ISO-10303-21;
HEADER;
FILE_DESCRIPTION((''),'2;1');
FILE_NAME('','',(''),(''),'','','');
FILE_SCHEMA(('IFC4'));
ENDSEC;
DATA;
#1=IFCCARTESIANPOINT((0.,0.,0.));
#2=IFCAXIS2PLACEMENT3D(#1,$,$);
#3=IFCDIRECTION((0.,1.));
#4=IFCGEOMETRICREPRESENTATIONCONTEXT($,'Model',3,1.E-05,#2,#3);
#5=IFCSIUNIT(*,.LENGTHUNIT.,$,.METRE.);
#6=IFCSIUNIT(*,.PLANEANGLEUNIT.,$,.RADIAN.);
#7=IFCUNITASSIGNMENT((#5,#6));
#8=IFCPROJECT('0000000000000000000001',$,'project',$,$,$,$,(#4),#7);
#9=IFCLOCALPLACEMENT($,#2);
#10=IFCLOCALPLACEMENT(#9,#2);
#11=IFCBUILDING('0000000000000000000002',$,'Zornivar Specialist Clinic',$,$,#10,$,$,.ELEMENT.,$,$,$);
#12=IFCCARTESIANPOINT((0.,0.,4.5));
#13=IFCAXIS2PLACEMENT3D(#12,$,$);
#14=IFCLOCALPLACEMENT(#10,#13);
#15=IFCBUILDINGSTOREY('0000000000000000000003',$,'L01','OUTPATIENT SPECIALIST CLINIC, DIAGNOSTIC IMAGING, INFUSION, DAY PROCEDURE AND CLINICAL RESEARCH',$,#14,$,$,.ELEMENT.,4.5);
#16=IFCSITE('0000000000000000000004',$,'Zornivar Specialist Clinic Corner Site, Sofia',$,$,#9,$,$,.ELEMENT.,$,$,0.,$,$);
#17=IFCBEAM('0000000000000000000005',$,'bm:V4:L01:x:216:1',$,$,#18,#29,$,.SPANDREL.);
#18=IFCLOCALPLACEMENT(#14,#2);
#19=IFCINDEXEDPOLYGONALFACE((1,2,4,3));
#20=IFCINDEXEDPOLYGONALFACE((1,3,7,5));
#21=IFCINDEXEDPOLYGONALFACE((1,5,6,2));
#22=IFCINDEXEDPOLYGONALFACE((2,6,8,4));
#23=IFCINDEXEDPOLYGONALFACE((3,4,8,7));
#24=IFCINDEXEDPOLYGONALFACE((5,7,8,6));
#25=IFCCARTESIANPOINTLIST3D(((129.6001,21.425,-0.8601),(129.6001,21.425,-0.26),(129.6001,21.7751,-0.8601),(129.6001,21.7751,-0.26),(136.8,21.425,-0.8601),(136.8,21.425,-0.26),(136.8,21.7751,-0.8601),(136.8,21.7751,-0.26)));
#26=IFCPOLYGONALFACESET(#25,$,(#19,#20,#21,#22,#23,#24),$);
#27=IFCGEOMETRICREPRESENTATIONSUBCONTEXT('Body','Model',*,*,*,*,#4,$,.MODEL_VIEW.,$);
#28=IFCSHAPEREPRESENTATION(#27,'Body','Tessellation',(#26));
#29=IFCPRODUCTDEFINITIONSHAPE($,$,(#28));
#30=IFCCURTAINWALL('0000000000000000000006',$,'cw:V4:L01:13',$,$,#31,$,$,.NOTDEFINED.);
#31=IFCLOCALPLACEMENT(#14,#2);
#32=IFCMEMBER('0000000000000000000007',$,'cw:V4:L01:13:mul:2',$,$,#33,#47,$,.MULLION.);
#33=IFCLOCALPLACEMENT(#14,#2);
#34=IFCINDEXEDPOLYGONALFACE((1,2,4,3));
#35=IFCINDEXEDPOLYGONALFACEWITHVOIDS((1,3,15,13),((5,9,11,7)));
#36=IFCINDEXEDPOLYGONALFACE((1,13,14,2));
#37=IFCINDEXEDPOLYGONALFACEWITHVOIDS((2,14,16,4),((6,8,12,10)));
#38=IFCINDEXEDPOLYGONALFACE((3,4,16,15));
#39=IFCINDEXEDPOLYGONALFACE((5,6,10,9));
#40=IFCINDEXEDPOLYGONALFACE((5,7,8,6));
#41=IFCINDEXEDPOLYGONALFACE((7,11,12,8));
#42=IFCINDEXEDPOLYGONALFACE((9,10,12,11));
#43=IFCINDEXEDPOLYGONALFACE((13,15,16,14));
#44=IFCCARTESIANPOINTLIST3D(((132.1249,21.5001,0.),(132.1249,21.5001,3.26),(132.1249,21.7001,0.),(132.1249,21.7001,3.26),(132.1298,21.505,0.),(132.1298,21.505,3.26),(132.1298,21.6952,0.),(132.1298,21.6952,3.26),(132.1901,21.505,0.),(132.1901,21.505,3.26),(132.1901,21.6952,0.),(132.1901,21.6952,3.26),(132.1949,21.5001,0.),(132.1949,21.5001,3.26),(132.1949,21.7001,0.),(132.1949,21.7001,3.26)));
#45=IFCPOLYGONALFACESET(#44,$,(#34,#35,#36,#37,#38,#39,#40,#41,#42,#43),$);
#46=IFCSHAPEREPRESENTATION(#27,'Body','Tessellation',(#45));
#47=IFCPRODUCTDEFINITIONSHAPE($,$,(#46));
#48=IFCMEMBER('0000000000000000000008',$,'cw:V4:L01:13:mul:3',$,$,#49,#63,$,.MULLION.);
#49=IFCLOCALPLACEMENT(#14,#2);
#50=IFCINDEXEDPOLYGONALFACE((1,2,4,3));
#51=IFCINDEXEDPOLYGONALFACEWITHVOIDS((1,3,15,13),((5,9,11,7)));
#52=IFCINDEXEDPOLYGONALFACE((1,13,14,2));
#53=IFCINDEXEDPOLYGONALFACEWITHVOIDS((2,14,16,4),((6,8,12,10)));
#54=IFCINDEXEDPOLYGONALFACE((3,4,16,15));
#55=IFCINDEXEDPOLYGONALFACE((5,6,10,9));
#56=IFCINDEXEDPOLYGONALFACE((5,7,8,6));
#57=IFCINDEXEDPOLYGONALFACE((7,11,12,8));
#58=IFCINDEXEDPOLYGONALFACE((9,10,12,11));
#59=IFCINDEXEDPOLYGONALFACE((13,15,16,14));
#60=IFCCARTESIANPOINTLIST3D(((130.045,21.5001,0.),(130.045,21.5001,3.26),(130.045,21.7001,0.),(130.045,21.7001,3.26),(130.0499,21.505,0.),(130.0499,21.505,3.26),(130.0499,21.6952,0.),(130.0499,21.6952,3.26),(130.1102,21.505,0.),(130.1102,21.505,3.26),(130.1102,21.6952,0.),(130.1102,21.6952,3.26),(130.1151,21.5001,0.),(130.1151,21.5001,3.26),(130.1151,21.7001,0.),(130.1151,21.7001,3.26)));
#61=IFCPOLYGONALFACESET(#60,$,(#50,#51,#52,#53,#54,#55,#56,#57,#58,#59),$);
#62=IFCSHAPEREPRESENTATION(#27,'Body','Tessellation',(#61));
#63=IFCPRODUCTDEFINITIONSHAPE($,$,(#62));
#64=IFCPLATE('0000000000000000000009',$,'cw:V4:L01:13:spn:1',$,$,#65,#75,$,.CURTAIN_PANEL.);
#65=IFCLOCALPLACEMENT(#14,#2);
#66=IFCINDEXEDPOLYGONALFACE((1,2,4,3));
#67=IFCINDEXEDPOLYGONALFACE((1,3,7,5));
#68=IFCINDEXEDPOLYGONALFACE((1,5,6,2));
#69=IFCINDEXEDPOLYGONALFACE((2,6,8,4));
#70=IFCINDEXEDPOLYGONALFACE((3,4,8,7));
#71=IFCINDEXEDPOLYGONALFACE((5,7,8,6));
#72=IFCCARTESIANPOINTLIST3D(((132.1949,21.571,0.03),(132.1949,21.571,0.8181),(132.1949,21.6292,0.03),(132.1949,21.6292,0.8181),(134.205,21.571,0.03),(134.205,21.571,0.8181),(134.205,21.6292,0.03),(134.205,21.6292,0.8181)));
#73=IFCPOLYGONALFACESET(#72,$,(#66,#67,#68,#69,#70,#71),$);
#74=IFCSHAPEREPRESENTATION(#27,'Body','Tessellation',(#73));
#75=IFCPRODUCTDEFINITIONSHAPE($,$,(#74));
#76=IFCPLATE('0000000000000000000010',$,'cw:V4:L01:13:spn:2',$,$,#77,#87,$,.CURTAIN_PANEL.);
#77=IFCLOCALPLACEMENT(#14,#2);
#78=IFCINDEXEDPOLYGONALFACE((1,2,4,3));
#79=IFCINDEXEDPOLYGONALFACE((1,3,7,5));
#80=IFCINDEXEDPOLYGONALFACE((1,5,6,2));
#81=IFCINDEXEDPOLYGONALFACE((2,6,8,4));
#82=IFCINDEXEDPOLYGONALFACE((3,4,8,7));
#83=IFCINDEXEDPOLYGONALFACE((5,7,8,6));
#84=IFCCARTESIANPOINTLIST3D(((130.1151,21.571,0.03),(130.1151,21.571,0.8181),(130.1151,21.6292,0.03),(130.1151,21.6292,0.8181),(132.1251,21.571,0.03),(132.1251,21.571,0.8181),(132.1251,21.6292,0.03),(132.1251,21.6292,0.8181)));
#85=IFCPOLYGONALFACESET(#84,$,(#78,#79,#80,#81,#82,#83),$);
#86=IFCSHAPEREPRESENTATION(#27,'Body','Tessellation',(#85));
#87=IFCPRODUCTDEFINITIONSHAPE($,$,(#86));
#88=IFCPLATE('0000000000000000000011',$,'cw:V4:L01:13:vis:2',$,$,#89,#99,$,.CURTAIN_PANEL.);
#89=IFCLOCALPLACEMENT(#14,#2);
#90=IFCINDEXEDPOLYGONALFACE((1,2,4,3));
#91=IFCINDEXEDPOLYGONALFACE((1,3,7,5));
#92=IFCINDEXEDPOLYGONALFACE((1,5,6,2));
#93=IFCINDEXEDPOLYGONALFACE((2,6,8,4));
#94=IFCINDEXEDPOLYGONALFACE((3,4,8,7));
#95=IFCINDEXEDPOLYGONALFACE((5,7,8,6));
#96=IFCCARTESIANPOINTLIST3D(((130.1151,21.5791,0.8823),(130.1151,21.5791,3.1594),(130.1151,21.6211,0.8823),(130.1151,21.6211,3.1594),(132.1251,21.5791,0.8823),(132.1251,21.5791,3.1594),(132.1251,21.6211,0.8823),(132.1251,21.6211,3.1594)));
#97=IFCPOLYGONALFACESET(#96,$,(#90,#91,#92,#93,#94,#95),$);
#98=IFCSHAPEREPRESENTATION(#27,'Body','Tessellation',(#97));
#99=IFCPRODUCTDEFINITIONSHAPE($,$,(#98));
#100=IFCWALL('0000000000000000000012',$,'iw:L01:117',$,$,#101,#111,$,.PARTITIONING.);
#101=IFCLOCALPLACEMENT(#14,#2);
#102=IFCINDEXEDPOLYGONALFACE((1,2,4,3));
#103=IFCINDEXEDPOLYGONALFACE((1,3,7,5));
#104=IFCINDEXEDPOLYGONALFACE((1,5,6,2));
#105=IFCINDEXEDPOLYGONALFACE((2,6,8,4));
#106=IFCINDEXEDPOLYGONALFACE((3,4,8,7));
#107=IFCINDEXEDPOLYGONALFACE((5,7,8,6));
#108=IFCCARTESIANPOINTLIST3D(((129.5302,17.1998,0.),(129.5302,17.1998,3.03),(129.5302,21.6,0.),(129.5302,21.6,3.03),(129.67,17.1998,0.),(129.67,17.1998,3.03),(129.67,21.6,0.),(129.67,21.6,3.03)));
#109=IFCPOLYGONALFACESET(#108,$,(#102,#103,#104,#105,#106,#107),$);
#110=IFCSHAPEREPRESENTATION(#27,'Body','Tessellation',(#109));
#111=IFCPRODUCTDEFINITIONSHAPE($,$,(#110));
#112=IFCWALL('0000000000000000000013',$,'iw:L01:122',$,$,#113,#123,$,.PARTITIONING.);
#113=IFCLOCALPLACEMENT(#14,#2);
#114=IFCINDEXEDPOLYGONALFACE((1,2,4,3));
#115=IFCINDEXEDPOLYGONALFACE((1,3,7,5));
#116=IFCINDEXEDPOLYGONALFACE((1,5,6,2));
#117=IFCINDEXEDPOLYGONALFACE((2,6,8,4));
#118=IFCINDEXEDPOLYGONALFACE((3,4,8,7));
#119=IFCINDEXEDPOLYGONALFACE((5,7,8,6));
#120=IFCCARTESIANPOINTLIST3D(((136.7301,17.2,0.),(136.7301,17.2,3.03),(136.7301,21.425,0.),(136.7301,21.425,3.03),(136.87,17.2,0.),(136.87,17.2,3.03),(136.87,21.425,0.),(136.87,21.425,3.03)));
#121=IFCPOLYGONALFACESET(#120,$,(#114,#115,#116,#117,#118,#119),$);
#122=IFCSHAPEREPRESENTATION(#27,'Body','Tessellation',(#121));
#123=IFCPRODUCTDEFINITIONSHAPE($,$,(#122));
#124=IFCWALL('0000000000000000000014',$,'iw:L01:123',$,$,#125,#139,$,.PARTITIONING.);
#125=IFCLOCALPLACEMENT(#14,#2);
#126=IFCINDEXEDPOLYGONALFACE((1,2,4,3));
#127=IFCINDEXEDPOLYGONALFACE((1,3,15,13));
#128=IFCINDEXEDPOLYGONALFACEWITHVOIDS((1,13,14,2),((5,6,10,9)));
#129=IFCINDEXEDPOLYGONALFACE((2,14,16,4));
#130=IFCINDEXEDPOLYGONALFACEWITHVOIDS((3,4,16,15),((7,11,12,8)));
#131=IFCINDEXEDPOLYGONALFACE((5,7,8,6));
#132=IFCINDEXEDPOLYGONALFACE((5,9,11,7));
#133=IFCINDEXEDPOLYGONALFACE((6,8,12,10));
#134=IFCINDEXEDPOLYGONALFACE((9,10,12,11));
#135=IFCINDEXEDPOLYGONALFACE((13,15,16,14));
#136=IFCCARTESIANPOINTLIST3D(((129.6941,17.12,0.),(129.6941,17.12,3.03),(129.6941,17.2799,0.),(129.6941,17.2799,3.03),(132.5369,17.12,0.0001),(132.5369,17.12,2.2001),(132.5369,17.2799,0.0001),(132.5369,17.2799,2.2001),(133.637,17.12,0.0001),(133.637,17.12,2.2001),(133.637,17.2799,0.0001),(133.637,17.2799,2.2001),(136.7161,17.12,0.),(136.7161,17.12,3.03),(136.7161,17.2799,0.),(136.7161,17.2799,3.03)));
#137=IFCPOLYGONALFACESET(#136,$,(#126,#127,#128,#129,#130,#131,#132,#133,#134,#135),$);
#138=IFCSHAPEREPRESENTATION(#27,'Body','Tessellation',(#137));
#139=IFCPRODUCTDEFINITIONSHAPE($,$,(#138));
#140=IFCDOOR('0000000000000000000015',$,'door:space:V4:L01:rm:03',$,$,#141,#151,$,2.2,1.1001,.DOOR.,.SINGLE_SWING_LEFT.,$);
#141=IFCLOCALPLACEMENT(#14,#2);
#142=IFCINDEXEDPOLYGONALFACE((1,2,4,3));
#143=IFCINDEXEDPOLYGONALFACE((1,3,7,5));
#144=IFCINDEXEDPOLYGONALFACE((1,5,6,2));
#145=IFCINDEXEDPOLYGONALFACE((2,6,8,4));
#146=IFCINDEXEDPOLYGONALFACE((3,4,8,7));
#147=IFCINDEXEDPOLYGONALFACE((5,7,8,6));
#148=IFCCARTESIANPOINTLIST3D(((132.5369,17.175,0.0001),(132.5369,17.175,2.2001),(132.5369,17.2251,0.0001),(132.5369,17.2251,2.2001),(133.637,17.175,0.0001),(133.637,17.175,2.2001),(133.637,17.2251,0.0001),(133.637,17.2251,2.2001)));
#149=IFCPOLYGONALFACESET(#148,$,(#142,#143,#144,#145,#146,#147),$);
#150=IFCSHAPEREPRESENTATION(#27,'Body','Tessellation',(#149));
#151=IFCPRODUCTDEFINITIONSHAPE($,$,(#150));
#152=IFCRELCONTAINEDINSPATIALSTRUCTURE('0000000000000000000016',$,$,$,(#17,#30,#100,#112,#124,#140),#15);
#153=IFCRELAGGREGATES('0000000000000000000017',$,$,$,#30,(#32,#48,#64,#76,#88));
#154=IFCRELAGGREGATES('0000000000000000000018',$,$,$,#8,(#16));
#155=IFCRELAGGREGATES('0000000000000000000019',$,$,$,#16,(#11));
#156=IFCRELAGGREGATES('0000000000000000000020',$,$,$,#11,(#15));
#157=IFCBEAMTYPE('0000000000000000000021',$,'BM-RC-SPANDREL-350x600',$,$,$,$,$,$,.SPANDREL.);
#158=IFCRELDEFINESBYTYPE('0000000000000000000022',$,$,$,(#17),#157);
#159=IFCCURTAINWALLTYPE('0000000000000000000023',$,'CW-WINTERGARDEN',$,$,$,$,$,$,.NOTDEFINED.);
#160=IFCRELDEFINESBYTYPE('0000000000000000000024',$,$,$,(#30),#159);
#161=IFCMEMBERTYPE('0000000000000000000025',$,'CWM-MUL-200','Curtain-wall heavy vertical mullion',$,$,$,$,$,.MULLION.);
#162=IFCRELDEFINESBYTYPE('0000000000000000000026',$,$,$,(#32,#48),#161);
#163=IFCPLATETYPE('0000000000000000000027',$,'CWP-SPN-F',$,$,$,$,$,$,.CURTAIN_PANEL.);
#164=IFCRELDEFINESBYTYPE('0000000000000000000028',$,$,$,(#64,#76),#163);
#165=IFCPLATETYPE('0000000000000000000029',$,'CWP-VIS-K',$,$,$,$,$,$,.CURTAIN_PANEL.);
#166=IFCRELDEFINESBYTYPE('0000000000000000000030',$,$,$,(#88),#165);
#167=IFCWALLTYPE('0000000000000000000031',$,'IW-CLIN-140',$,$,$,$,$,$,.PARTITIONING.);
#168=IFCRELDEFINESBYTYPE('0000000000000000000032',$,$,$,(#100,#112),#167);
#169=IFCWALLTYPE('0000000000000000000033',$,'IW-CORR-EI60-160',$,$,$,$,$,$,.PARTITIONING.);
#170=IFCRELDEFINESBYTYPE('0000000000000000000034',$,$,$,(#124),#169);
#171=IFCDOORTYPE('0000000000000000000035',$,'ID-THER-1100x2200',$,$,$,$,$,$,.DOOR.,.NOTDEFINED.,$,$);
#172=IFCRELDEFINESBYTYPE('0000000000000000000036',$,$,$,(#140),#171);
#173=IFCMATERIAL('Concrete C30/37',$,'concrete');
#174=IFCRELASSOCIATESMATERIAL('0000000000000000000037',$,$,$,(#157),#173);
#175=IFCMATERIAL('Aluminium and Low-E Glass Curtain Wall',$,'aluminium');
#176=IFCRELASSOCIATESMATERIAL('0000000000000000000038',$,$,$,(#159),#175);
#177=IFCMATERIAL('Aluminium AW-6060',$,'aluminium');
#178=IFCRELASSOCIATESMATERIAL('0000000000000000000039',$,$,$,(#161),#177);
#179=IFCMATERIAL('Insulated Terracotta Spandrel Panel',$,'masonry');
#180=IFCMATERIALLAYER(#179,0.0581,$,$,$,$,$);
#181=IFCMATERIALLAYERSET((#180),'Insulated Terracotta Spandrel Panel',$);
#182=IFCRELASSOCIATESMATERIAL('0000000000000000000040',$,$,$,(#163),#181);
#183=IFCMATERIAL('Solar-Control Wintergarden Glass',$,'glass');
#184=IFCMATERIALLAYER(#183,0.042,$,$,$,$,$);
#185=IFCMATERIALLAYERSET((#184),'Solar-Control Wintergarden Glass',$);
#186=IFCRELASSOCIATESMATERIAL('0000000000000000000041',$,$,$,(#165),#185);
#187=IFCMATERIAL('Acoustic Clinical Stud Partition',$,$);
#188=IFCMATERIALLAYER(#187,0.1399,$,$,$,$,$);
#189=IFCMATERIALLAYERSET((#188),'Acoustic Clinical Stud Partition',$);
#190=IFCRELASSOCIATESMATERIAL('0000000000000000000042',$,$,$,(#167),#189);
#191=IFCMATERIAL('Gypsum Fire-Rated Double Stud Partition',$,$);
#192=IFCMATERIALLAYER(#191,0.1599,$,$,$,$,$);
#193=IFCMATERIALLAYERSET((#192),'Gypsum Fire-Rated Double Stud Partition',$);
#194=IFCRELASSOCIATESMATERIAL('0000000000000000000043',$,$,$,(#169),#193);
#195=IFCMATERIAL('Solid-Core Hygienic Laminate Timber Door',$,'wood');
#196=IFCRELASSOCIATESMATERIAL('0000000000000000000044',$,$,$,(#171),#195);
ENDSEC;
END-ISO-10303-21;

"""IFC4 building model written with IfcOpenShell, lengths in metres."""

from ifc_helpers import new_model, si_unit, direction, frame, frame_2d, origin, origin_2d, place, context, subcontext, project, spatial, rectangle, hollow_rectangle, extrude, material, layer, layer_set, material_profile, profile_set, type_object, element, fill, aggregate, save


model = new_model("IFC4")

# Units and contexts
model_context = context("Model", 3, precision=1e-05, world=origin(), true_north=direction((0.0, 1.0)))
body_context = subcontext(model_context, "Body", "Model", "MODEL_VIEW")
ifc_project = project(units=[si_unit("LENGTHUNIT", "METRE"), si_unit("PLANEANGLEUNIT", "RADIAN")], contexts=[model_context])

# Site, building, storey
site_placement = place(None, origin())
site = spatial("IfcSite", under=ifc_project, at=site_placement, Name="Zornivar Specialist Clinic Corner Site, Sofia", CompositionType="ELEMENT", RefElevation=0.0)
building_placement = place(site_placement, origin())
building = spatial("IfcBuilding", under=site, at=building_placement, Name="Zornivar Specialist Clinic", CompositionType="ELEMENT")
storey_placement = place(building_placement, frame((0.0, 0.0, 4.5)))
storey = spatial("IfcBuildingStorey", under=building, at=storey_placement, Name="L01", Description="OUTPATIENT SPECIALIST CLINIC, DIAGNOSTIC IMAGING, INFUSION, DAY PROCEDURE AND CLINICAL RESEARCH", CompositionType="ELEMENT", Elevation=4.5)

# Beam
ifc_material_1 = material(Name="Concrete C30/37", Category="concrete")
ifc_material_profile_1 = material_profile(ifc_material_1, rectangle(XDim=0.3501, YDim=0.6001, at=origin_2d()), Name="RC 350x600")
ifc_profile_set_1 = profile_set([ifc_material_profile_1], Name="Concrete C30/37")
beam_type = type_object("IfcBeamType", Name="BM-RC-SPANDREL-350x600", PredefinedType="SPANDREL", material=ifc_profile_set_1)
beam_placement = place(storey_placement, frame((129.6001, 21.6001, -0.5601), z_axis=(1.0, 0.0, 0.0), x_axis=(0.0, 1.0, 0.0)))
element("IfcBeam", 1, at=beam_placement, inside=storey, type_object=beam_type, Name="bm:V4:L01:x:216:1", PredefinedType="SPANDREL", context=body_context, shape_type="SweptSolid", body=[
    extrude(rectangle(XDim=0.3501, YDim=0.6001, at=origin_2d()), origin(), (0.0, 0.0, 1.0), 7.2),
])

# Curtain wall, members, plates
ifc_material_2 = material(Name="Aluminium and Low-E Glass Curtain Wall", Category="aluminium")
curtain_wall_type = type_object("IfcCurtainWallType", Name="CW-WINTERGARDEN", PredefinedType="NOTDEFINED", material=ifc_material_2)
curtain_wall_placement = place(storey_placement, origin())
curtain_wall = element("IfcCurtainWall", 2, at=curtain_wall_placement, inside=storey, type_object=curtain_wall_type, Name="cw:V4:L01:13", PredefinedType="NOTDEFINED")
ifc_material_3 = material(Name="Aluminium AW-6060", Category="aluminium")
ifc_material_profile_2 = material_profile(ifc_material_3, hollow_rectangle(XDim=0.0701, YDim=0.2, WallThickness=0.0049, at=origin_2d()), Name="ALU 70x200x5")
ifc_profile_set_2 = profile_set([ifc_material_profile_2], Name="Aluminium AW-6060")
member_type = type_object("IfcMemberType", Name="CWM-MUL-200", Description="Curtain-wall heavy vertical mullion", PredefinedType="MULLION", material=ifc_profile_set_2)
member_1_placement = place(storey_placement, frame((132.1599, 21.6001, 0.0), z_axis=(0.0, 0.0, 1.0), x_axis=(1.0, 0.0, 0.0)))
member_1 = element("IfcMember", 3, at=member_1_placement, type_object=member_type, Name="cw:V4:L01:13:mul:2", PredefinedType="MULLION", context=body_context, shape_type="SweptSolid", body=[
    extrude(hollow_rectangle(XDim=0.0701, YDim=0.2, WallThickness=0.0049, at=origin_2d()), origin(), (0.0, 0.0, 1.0), 3.26),
])
member_2_placement = place(storey_placement, frame((130.0801, 21.6001, 0.0), z_axis=(0.0, 0.0, 1.0), x_axis=(1.0, 0.0, 0.0)))
member_2 = element("IfcMember", 4, at=member_2_placement, type_object=member_type, Name="cw:V4:L01:13:mul:3", PredefinedType="MULLION", context=body_context, shape_type="SweptSolid", body=[
    extrude(hollow_rectangle(XDim=0.0701, YDim=0.2, WallThickness=0.0049, at=origin_2d()), origin(), (0.0, 0.0, 1.0), 3.26),
])
ifc_material_4 = material(Name="Insulated Terracotta Spandrel Panel", Category="masonry")
ifc_layer_1 = layer(ifc_material_4, 0.0581)
ifc_layer_set_1 = layer_set([ifc_layer_1], Name="Insulated Terracotta Spandrel Panel")
plate_type_1 = type_object("IfcPlateType", Name="CWP-SPN-F", PredefinedType="CURTAIN_PANEL", material=ifc_layer_set_1)
plate_1_placement = place(storey_placement, frame((133.2, 21.6001, 0.03), z_axis=(0.0, 0.0, 1.0), x_axis=(-1.0, 0.0, 0.0)))
plate_1 = element("IfcPlate", 5, at=plate_1_placement, type_object=plate_type_1, Name="cw:V4:L01:13:spn:1", PredefinedType="CURTAIN_PANEL", context=body_context, shape_type="SweptSolid", body=[
    extrude(rectangle(XDim=2.01, YDim=0.0581, at=origin_2d()), origin(), (0.0, 0.0, 1.0), 0.7881),
])
plate_2_placement = place(storey_placement, frame((131.1201, 21.6001, 0.03), z_axis=(0.0, 0.0, 1.0), x_axis=(-1.0, 0.0, 0.0)))
plate_2 = element("IfcPlate", 6, at=plate_2_placement, type_object=plate_type_1, Name="cw:V4:L01:13:spn:2", PredefinedType="CURTAIN_PANEL", context=body_context, shape_type="SweptSolid", body=[
    extrude(rectangle(XDim=2.01, YDim=0.0581, at=origin_2d()), origin(), (0.0, 0.0, 1.0), 0.7881),
])
ifc_material_5 = material(Name="Solar-Control Wintergarden Glass", Category="glass")
ifc_layer_2 = layer(ifc_material_5, 0.042)
ifc_layer_set_2 = layer_set([ifc_layer_2], Name="Solar-Control Wintergarden Glass")
plate_type_2 = type_object("IfcPlateType", Name="CWP-VIS-K", PredefinedType="CURTAIN_PANEL", material=ifc_layer_set_2)
plate_3_placement = place(storey_placement, frame((131.1201, 21.6001, 0.8823), z_axis=(0.0, 0.0, 1.0), x_axis=(-1.0, 0.0, 0.0)))
plate_3 = element("IfcPlate", 7, at=plate_3_placement, type_object=plate_type_2, Name="cw:V4:L01:13:vis:2", PredefinedType="CURTAIN_PANEL", context=body_context, shape_type="SweptSolid", body=[
    extrude(rectangle(XDim=2.01, YDim=0.042, at=origin_2d()), origin(), (0.0, 0.0, 1.0), 2.2771),
])
aggregate(curtain_wall, [member_1, member_2, plate_1, plate_2, plate_3])

# Walls
ifc_material_6 = material(Name="Acoustic Clinical Stud Partition")
ifc_layer_3 = layer(ifc_material_6, 0.1399)
ifc_layer_set_3 = layer_set([ifc_layer_3], Name="Acoustic Clinical Stud Partition")
wall_type_1 = type_object("IfcWallType", Name="IW-CLIN-140", PredefinedType="PARTITIONING", material=ifc_layer_set_3)
wall_1_placement = place(storey_placement, frame((129.6001, 21.6001, 0.0), z_axis=(0.0, 0.0, 1.0), x_axis=(0.0, -1.0, 0.0)))
element("IfcWall", 8, at=wall_1_placement, inside=storey, type_object=wall_type_1, Name="iw:L01:117", PredefinedType="PARTITIONING", context=body_context, shape_type="SweptSolid", body=[
    extrude(rectangle(XDim=4.4001, YDim=0.1399, at=frame_2d((2.2002, 0.0))), origin(), (0.0, 0.0, 1.0), 3.03),
])
wall_2_placement = place(storey_placement, frame((136.8, 21.425, 0.0), z_axis=(0.0, 0.0, 1.0), x_axis=(0.0, -1.0, 0.0)))
element("IfcWall", 9, at=wall_2_placement, inside=storey, type_object=wall_type_1, Name="iw:L01:122", PredefinedType="PARTITIONING", context=body_context, shape_type="SweptSolid", body=[
    extrude(rectangle(XDim=4.2251, YDim=0.1399, at=frame_2d((2.1125, 0.0))), origin(), (0.0, 0.0, 1.0), 3.03),
])

# Wall, opening, door
ifc_material_7 = material(Name="Gypsum Fire-Rated Double Stud Partition")
ifc_layer_4 = layer(ifc_material_7, 0.1599)
ifc_layer_set_4 = layer_set([ifc_layer_4], Name="Gypsum Fire-Rated Double Stud Partition")
wall_type_2 = type_object("IfcWallType", Name="IW-CORR-EI60-160", PredefinedType="PARTITIONING", material=ifc_layer_set_4)
wall_3_placement = place(storey_placement, frame((136.7161, 17.2, 0.0), z_axis=(0.0, 0.0, 1.0), x_axis=(-1.0, 0.0, 0.0)))
wall_3 = element("IfcWall", 10, at=wall_3_placement, inside=storey, type_object=wall_type_2, Name="iw:L01:123", PredefinedType="PARTITIONING", context=body_context, shape_type="SweptSolid", body=[
    extrude(rectangle(XDim=7.022, YDim=0.1599, at=frame_2d((3.511, 0.0))), origin(), (0.0, 0.0, 1.0), 3.03),
])
opening_1_placement = place(wall_3_placement, frame((3.0791, 0.0, 0.0)))
opening_1 = element("IfcOpeningElement", 11, at=opening_1_placement, cuts=wall_3, PredefinedType="OPENING", context=body_context, shape_type="SweptSolid", body=[
    extrude(rectangle(XDim=1.1001, YDim=2.2, at=frame_2d((0.55, 1.1001))), frame((0.0, 0.0898, 0.0), z_axis=(0.0, -1.0, 0.0), x_axis=(1.0, 0.0, 0.0)), (0.0, 0.0, 1.0), 0.1799),
])
ifc_material_8 = material(Name="Solid-Core Hygienic Laminate Timber Door", Category="wood")
door_type_1 = type_object("IfcDoorType", Name="ID-THER-1100x2200", OperationType="NOTDEFINED", PredefinedType="DOOR", material=ifc_material_8)
door_1_placement = place(opening_1_placement, origin())
door_1 = element("IfcDoor", 12, at=door_1_placement, inside=storey, type_object=door_type_1, Name="door:space:V4:L01:rm:03", OperationType="SINGLE_SWING_LEFT", OverallHeight=2.2, OverallWidth=1.1001, PredefinedType="DOOR", context=body_context, shape_type="SweptSolid", body=[
    extrude(rectangle(XDim=1.1001, YDim=2.2, at=frame_2d((0.55, 1.1001))), frame((0.0, 0.0249, 0.0), z_axis=(0.0, -1.0, 0.0), x_axis=(1.0, 0.0, 0.0)), (0.0, 0.0, 1.0), 0.05),
])
fill(opening_1, door_1)

save(model, "model.ifc")
